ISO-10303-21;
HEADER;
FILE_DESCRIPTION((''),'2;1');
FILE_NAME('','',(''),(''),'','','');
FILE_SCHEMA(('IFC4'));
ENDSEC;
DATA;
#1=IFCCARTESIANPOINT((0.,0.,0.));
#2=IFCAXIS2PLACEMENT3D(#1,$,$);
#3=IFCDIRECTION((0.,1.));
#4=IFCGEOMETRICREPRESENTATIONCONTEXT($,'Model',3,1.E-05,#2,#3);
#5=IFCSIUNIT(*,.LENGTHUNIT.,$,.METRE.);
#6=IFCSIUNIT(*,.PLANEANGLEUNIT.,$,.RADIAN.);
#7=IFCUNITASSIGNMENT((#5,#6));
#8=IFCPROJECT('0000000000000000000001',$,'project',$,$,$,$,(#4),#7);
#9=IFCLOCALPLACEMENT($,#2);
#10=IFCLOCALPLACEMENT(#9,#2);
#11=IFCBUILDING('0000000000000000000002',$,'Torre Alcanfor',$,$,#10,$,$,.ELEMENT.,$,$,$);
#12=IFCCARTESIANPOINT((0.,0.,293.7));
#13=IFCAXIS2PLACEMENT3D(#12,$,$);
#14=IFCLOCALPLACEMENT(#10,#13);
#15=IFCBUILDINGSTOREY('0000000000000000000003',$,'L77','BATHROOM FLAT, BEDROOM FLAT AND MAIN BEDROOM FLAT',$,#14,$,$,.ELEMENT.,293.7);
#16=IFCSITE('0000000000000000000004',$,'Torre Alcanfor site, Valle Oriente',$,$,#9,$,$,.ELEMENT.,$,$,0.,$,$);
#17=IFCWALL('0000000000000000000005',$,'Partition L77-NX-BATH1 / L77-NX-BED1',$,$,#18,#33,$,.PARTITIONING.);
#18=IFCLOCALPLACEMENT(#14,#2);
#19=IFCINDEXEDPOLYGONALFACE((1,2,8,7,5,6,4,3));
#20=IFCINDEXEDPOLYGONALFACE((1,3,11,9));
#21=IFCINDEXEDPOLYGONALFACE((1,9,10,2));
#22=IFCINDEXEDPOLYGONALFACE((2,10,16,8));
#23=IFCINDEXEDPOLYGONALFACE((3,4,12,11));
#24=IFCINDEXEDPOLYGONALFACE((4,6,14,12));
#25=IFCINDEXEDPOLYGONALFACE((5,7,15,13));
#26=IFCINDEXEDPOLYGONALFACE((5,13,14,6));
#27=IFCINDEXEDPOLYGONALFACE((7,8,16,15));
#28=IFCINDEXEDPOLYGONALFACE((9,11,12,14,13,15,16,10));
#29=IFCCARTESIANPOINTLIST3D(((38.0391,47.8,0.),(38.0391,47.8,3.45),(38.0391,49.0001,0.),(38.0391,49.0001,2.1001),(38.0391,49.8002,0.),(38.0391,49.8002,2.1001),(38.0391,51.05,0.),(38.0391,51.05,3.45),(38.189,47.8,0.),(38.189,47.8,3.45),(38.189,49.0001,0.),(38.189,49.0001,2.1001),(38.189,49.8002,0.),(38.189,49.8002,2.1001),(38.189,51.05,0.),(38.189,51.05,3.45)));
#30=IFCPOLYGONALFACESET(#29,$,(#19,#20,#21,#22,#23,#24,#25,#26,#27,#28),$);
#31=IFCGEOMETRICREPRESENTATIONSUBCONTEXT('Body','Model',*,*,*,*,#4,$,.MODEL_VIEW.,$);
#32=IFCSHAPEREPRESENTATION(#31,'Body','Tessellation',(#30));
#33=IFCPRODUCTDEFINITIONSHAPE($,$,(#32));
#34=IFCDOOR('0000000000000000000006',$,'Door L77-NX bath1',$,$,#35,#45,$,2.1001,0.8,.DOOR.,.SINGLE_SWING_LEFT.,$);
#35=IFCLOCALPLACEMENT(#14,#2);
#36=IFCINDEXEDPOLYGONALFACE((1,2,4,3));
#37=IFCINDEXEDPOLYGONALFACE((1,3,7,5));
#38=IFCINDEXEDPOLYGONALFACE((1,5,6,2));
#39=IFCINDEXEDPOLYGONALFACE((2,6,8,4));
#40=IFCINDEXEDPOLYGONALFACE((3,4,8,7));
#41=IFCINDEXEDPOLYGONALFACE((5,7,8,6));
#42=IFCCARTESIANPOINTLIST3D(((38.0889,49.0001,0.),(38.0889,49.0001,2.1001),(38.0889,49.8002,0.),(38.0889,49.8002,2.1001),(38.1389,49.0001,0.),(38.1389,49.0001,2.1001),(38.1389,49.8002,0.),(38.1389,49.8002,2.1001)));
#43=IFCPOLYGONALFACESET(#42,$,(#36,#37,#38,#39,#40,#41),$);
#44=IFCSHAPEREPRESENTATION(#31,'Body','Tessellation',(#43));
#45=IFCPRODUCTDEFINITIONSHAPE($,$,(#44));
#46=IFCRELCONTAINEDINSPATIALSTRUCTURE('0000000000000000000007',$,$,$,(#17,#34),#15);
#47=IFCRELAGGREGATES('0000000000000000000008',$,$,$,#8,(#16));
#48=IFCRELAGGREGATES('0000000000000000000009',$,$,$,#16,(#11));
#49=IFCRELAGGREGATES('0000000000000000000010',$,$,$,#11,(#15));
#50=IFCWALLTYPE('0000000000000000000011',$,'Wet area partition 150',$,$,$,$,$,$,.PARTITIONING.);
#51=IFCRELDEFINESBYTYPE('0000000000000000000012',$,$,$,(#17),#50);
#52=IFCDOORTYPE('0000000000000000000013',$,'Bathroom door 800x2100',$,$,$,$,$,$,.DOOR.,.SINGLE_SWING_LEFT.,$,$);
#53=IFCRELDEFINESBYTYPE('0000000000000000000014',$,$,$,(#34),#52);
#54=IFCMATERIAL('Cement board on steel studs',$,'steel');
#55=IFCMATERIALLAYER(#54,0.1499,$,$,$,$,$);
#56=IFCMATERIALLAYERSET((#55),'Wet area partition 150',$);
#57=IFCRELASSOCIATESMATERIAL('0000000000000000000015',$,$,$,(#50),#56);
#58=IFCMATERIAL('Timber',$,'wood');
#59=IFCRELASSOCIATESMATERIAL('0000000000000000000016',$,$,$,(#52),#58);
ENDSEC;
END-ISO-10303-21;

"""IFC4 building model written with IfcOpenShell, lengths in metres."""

from ifc_helpers import new_model, si_unit, direction, frame, frame_2d, origin, place, context, subcontext, project, spatial, rectangle, extrude, material, layer, layer_set, type_object, element, fill, save


model = new_model("IFC4")

# Units and contexts
model_context = context("Model", 3, precision=1e-05, world=origin(), true_north=direction((0.0, 1.0)))
body_context = subcontext(model_context, "Body", "Model", "MODEL_VIEW")
ifc_project = project(units=[si_unit("LENGTHUNIT", "METRE"), si_unit("PLANEANGLEUNIT", "RADIAN")], contexts=[model_context])

# Site, building, storey
site_placement = place(None, origin())
site = spatial("IfcSite", under=ifc_project, at=site_placement, Name="Torre Alcanfor site, Valle Oriente", CompositionType="ELEMENT", RefElevation=0.0)
building_placement = place(site_placement, origin())
building = spatial("IfcBuilding", under=site, at=building_placement, Name="Torre Alcanfor", CompositionType="ELEMENT")
storey_placement = place(building_placement, frame((0.0, 0.0, 293.7)))
storey = spatial("IfcBuildingStorey", under=building, at=storey_placement, Name="L77", Description="BATHROOM FLAT, BEDROOM FLAT AND MAIN BEDROOM FLAT", CompositionType="ELEMENT", Elevation=293.7)

# Wall, opening, door
ifc_material_1 = material(Name="Cement board on steel studs", Category="steel")
ifc_layer_1 = layer(ifc_material_1, 0.1499)
ifc_layer_set_1 = layer_set([ifc_layer_1], Name="Wet area partition 150")
wall_type_1 = type_object("IfcWallType", Name="Wet area partition 150", PredefinedType="PARTITIONING", material=ifc_layer_set_1)
wall_1_placement = place(storey_placement, frame((38.114, 51.05, 0.0), z_axis=(0.0, 0.0, 1.0), x_axis=(0.0, -1.0, 0.0)))
wall_1 = element("IfcWall", 1, at=wall_1_placement, inside=storey, type_object=wall_type_1, Name="Partition L77-NX-BATH1 / L77-NX-BED1", PredefinedType="PARTITIONING", context=body_context, shape_type="SweptSolid", body=[
    extrude(rectangle(XDim=3.25, YDim=0.1499, at=frame_2d((1.625, 0.0))), origin(), (0.0, 0.0, 1.0), 3.45),
])
opening_1_placement = place(wall_1_placement, frame((1.25, 0.0, 0.0)))
opening_1 = element("IfcOpeningElement", 2, at=opening_1_placement, cuts=wall_1, PredefinedType="OPENING", context=body_context, shape_type="SweptSolid", body=[
    extrude(rectangle(XDim=0.8, YDim=2.1001, at=frame_2d((0.3999, 1.05))), frame((0.0, 0.085, 0.0), z_axis=(0.0, -1.0, 0.0), x_axis=(1.0, 0.0, 0.0)), (0.0, 0.0, 1.0), 0.1699),
])
ifc_material_2 = material(Name="Timber", Category="wood")
door_type_1 = type_object("IfcDoorType", Name="Bathroom door 800x2100", OperationType="SINGLE_SWING_LEFT", PredefinedType="DOOR", material=ifc_material_2)
door_1_placement = place(opening_1_placement, frame((0.8, 0.0, 0.0), z_axis=(0.0, 0.0, 1.0), x_axis=(-1.0, 0.0, 0.0)))
door_1 = element("IfcDoor", 3, at=door_1_placement, inside=storey, type_object=door_type_1, Name="Door L77-NX bath1", OperationType="SINGLE_SWING_LEFT", OverallHeight=2.1001, OverallWidth=0.8, PredefinedType="DOOR", context=body_context, shape_type="SweptSolid", body=[
    extrude(rectangle(XDim=0.8, YDim=2.1001, at=frame_2d((0.4001, 1.05))), frame((0.0, 0.0251, 0.0), z_axis=(0.0, -1.0, 0.0), x_axis=(1.0, 0.0, 0.0)), (0.0, 0.0, 1.0), 0.05),
])
fill(opening_1, door_1)

save(model, "model.ifc")
